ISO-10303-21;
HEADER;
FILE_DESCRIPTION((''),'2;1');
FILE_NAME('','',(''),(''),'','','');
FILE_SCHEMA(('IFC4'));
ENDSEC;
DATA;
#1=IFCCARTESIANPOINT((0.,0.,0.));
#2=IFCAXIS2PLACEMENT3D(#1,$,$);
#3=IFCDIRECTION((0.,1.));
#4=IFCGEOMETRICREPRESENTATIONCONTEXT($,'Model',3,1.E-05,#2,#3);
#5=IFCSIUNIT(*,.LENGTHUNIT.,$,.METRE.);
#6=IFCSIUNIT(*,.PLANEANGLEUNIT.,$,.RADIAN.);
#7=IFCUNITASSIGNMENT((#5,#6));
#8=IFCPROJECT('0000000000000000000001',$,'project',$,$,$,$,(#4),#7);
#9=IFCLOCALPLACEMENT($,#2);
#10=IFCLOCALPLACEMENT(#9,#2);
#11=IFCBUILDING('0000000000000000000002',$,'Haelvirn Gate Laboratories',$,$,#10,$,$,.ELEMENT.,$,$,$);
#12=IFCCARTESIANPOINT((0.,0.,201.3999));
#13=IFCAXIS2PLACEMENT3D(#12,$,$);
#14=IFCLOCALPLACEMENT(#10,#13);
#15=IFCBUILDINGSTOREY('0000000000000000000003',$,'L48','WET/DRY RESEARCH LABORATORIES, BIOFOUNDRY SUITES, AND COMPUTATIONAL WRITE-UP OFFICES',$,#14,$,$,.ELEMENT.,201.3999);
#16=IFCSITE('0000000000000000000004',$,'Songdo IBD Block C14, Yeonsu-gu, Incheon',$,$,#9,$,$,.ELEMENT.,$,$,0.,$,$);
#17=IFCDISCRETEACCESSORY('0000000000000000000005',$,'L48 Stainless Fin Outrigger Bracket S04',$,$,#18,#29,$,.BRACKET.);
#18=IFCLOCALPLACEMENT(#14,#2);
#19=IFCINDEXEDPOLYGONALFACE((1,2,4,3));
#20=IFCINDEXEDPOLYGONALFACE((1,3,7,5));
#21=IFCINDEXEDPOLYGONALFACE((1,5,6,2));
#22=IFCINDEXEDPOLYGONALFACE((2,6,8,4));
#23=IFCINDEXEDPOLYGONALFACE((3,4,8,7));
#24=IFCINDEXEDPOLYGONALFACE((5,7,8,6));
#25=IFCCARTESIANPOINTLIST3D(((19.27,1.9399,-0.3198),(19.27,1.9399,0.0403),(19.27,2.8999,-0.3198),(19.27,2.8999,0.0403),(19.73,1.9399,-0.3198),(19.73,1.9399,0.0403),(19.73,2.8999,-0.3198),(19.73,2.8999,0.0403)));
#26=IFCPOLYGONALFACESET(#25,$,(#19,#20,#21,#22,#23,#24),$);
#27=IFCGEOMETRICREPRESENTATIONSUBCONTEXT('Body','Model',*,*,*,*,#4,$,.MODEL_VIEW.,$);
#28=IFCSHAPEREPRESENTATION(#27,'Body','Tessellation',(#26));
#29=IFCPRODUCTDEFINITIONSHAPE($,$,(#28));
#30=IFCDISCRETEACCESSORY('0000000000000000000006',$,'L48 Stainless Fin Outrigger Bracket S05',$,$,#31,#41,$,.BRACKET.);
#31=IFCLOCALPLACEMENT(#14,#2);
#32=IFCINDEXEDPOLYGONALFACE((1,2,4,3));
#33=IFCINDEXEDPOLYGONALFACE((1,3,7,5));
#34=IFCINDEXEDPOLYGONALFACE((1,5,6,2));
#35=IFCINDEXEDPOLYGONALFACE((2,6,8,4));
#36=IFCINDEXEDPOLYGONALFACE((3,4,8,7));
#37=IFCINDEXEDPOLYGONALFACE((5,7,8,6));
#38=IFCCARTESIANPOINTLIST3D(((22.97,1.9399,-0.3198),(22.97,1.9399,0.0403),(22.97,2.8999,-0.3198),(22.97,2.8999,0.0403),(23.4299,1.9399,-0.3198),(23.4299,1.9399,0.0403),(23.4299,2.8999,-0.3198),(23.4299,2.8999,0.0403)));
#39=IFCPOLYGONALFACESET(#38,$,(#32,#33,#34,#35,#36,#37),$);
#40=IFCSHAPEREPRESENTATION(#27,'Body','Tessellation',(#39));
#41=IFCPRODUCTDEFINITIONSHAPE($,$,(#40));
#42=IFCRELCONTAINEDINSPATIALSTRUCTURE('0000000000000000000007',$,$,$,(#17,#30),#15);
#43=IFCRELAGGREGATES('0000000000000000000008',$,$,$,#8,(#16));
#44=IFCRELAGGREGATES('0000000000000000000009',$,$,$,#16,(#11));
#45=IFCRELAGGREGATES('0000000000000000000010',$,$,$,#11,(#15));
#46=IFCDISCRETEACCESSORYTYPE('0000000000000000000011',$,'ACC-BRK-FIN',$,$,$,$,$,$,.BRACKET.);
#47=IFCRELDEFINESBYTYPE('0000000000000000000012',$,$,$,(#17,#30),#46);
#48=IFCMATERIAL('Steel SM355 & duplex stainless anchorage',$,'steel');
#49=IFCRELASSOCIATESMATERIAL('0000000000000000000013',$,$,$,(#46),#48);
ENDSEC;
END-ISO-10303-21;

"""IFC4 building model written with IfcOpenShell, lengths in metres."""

from ifc_helpers import new_model, si_unit, direction, frame, origin, origin_2d, place, context, subcontext, project, spatial, rectangle, extrude, source, transform, mapped, material, type_object, type_shapes, element, save


model = new_model("IFC4")

# Units and contexts
model_context = context("Model", 3, precision=1e-05, world=origin(), true_north=direction((0.0, 1.0)))
body_context = subcontext(model_context, "Body", "Model", "MODEL_VIEW")
ifc_project = project(units=[si_unit("LENGTHUNIT", "METRE"), si_unit("PLANEANGLEUNIT", "RADIAN")], contexts=[model_context])

# Site, building, storey
site_placement = place(None, origin())
site = spatial("IfcSite", under=ifc_project, at=site_placement, Name="Songdo IBD Block C14, Yeonsu-gu, Incheon", CompositionType="ELEMENT", RefElevation=0.0)
building_placement = place(site_placement, origin())
building = spatial("IfcBuilding", under=site, at=building_placement, Name="Haelvirn Gate Laboratories", CompositionType="ELEMENT")
storey_placement = place(building_placement, frame((0.0, 0.0, 201.3999)))
storey = spatial("IfcBuildingStorey", under=building, at=storey_placement, Name="L48", Description="WET/DRY RESEARCH LABORATORIES, BIOFOUNDRY SUITES, AND COMPUTATIONAL WRITE-UP OFFICES", CompositionType="ELEMENT", Elevation=201.3999)

# Discrete accessories
ifc_material_1 = material(Name="Steel SM355 & duplex stainless anchorage", Category="steel")
discrete_accessory_type = type_object("IfcDiscreteAccessoryType", Name="ACC-BRK-FIN", PredefinedType="BRACKET", material=ifc_material_1)
shared_shape_1 = source(origin(), body_context, "Body", "SweptSolid", [
    extrude(rectangle(XDim=0.46, YDim=0.96, at=origin_2d()), origin(), (0.0, 0.0, 1.0), 0.3601),
])
type_shapes(discrete_accessory_type, [shared_shape_1])
for number, where, z_axis, x_axis, name in (
    (1, (19.5, 2.4199, -0.3198), (0.0, 0.0, 1.0), (1.0, 0.0, 0.0), "L48 Stainless Fin Outrigger Bracket S04"),
    (2, (23.2, 2.4199, -0.3198), (0.0, 0.0, 1.0), (1.0, 0.0, 0.0), "L48 Stainless Fin Outrigger Bracket S05"),
):
    element("IfcDiscreteAccessory", number, at=place(storey_placement, frame(where, z_axis=z_axis, x_axis=x_axis)), inside=storey, type_object=discrete_accessory_type, Name=name, PredefinedType="BRACKET", context=body_context, shape_type="MappedRepresentation", body=[
        mapped(shared_shape_1, transform((0.0, 0.0, 0.0), scale=1.0)),
    ])

save(model, "model.ifc")
